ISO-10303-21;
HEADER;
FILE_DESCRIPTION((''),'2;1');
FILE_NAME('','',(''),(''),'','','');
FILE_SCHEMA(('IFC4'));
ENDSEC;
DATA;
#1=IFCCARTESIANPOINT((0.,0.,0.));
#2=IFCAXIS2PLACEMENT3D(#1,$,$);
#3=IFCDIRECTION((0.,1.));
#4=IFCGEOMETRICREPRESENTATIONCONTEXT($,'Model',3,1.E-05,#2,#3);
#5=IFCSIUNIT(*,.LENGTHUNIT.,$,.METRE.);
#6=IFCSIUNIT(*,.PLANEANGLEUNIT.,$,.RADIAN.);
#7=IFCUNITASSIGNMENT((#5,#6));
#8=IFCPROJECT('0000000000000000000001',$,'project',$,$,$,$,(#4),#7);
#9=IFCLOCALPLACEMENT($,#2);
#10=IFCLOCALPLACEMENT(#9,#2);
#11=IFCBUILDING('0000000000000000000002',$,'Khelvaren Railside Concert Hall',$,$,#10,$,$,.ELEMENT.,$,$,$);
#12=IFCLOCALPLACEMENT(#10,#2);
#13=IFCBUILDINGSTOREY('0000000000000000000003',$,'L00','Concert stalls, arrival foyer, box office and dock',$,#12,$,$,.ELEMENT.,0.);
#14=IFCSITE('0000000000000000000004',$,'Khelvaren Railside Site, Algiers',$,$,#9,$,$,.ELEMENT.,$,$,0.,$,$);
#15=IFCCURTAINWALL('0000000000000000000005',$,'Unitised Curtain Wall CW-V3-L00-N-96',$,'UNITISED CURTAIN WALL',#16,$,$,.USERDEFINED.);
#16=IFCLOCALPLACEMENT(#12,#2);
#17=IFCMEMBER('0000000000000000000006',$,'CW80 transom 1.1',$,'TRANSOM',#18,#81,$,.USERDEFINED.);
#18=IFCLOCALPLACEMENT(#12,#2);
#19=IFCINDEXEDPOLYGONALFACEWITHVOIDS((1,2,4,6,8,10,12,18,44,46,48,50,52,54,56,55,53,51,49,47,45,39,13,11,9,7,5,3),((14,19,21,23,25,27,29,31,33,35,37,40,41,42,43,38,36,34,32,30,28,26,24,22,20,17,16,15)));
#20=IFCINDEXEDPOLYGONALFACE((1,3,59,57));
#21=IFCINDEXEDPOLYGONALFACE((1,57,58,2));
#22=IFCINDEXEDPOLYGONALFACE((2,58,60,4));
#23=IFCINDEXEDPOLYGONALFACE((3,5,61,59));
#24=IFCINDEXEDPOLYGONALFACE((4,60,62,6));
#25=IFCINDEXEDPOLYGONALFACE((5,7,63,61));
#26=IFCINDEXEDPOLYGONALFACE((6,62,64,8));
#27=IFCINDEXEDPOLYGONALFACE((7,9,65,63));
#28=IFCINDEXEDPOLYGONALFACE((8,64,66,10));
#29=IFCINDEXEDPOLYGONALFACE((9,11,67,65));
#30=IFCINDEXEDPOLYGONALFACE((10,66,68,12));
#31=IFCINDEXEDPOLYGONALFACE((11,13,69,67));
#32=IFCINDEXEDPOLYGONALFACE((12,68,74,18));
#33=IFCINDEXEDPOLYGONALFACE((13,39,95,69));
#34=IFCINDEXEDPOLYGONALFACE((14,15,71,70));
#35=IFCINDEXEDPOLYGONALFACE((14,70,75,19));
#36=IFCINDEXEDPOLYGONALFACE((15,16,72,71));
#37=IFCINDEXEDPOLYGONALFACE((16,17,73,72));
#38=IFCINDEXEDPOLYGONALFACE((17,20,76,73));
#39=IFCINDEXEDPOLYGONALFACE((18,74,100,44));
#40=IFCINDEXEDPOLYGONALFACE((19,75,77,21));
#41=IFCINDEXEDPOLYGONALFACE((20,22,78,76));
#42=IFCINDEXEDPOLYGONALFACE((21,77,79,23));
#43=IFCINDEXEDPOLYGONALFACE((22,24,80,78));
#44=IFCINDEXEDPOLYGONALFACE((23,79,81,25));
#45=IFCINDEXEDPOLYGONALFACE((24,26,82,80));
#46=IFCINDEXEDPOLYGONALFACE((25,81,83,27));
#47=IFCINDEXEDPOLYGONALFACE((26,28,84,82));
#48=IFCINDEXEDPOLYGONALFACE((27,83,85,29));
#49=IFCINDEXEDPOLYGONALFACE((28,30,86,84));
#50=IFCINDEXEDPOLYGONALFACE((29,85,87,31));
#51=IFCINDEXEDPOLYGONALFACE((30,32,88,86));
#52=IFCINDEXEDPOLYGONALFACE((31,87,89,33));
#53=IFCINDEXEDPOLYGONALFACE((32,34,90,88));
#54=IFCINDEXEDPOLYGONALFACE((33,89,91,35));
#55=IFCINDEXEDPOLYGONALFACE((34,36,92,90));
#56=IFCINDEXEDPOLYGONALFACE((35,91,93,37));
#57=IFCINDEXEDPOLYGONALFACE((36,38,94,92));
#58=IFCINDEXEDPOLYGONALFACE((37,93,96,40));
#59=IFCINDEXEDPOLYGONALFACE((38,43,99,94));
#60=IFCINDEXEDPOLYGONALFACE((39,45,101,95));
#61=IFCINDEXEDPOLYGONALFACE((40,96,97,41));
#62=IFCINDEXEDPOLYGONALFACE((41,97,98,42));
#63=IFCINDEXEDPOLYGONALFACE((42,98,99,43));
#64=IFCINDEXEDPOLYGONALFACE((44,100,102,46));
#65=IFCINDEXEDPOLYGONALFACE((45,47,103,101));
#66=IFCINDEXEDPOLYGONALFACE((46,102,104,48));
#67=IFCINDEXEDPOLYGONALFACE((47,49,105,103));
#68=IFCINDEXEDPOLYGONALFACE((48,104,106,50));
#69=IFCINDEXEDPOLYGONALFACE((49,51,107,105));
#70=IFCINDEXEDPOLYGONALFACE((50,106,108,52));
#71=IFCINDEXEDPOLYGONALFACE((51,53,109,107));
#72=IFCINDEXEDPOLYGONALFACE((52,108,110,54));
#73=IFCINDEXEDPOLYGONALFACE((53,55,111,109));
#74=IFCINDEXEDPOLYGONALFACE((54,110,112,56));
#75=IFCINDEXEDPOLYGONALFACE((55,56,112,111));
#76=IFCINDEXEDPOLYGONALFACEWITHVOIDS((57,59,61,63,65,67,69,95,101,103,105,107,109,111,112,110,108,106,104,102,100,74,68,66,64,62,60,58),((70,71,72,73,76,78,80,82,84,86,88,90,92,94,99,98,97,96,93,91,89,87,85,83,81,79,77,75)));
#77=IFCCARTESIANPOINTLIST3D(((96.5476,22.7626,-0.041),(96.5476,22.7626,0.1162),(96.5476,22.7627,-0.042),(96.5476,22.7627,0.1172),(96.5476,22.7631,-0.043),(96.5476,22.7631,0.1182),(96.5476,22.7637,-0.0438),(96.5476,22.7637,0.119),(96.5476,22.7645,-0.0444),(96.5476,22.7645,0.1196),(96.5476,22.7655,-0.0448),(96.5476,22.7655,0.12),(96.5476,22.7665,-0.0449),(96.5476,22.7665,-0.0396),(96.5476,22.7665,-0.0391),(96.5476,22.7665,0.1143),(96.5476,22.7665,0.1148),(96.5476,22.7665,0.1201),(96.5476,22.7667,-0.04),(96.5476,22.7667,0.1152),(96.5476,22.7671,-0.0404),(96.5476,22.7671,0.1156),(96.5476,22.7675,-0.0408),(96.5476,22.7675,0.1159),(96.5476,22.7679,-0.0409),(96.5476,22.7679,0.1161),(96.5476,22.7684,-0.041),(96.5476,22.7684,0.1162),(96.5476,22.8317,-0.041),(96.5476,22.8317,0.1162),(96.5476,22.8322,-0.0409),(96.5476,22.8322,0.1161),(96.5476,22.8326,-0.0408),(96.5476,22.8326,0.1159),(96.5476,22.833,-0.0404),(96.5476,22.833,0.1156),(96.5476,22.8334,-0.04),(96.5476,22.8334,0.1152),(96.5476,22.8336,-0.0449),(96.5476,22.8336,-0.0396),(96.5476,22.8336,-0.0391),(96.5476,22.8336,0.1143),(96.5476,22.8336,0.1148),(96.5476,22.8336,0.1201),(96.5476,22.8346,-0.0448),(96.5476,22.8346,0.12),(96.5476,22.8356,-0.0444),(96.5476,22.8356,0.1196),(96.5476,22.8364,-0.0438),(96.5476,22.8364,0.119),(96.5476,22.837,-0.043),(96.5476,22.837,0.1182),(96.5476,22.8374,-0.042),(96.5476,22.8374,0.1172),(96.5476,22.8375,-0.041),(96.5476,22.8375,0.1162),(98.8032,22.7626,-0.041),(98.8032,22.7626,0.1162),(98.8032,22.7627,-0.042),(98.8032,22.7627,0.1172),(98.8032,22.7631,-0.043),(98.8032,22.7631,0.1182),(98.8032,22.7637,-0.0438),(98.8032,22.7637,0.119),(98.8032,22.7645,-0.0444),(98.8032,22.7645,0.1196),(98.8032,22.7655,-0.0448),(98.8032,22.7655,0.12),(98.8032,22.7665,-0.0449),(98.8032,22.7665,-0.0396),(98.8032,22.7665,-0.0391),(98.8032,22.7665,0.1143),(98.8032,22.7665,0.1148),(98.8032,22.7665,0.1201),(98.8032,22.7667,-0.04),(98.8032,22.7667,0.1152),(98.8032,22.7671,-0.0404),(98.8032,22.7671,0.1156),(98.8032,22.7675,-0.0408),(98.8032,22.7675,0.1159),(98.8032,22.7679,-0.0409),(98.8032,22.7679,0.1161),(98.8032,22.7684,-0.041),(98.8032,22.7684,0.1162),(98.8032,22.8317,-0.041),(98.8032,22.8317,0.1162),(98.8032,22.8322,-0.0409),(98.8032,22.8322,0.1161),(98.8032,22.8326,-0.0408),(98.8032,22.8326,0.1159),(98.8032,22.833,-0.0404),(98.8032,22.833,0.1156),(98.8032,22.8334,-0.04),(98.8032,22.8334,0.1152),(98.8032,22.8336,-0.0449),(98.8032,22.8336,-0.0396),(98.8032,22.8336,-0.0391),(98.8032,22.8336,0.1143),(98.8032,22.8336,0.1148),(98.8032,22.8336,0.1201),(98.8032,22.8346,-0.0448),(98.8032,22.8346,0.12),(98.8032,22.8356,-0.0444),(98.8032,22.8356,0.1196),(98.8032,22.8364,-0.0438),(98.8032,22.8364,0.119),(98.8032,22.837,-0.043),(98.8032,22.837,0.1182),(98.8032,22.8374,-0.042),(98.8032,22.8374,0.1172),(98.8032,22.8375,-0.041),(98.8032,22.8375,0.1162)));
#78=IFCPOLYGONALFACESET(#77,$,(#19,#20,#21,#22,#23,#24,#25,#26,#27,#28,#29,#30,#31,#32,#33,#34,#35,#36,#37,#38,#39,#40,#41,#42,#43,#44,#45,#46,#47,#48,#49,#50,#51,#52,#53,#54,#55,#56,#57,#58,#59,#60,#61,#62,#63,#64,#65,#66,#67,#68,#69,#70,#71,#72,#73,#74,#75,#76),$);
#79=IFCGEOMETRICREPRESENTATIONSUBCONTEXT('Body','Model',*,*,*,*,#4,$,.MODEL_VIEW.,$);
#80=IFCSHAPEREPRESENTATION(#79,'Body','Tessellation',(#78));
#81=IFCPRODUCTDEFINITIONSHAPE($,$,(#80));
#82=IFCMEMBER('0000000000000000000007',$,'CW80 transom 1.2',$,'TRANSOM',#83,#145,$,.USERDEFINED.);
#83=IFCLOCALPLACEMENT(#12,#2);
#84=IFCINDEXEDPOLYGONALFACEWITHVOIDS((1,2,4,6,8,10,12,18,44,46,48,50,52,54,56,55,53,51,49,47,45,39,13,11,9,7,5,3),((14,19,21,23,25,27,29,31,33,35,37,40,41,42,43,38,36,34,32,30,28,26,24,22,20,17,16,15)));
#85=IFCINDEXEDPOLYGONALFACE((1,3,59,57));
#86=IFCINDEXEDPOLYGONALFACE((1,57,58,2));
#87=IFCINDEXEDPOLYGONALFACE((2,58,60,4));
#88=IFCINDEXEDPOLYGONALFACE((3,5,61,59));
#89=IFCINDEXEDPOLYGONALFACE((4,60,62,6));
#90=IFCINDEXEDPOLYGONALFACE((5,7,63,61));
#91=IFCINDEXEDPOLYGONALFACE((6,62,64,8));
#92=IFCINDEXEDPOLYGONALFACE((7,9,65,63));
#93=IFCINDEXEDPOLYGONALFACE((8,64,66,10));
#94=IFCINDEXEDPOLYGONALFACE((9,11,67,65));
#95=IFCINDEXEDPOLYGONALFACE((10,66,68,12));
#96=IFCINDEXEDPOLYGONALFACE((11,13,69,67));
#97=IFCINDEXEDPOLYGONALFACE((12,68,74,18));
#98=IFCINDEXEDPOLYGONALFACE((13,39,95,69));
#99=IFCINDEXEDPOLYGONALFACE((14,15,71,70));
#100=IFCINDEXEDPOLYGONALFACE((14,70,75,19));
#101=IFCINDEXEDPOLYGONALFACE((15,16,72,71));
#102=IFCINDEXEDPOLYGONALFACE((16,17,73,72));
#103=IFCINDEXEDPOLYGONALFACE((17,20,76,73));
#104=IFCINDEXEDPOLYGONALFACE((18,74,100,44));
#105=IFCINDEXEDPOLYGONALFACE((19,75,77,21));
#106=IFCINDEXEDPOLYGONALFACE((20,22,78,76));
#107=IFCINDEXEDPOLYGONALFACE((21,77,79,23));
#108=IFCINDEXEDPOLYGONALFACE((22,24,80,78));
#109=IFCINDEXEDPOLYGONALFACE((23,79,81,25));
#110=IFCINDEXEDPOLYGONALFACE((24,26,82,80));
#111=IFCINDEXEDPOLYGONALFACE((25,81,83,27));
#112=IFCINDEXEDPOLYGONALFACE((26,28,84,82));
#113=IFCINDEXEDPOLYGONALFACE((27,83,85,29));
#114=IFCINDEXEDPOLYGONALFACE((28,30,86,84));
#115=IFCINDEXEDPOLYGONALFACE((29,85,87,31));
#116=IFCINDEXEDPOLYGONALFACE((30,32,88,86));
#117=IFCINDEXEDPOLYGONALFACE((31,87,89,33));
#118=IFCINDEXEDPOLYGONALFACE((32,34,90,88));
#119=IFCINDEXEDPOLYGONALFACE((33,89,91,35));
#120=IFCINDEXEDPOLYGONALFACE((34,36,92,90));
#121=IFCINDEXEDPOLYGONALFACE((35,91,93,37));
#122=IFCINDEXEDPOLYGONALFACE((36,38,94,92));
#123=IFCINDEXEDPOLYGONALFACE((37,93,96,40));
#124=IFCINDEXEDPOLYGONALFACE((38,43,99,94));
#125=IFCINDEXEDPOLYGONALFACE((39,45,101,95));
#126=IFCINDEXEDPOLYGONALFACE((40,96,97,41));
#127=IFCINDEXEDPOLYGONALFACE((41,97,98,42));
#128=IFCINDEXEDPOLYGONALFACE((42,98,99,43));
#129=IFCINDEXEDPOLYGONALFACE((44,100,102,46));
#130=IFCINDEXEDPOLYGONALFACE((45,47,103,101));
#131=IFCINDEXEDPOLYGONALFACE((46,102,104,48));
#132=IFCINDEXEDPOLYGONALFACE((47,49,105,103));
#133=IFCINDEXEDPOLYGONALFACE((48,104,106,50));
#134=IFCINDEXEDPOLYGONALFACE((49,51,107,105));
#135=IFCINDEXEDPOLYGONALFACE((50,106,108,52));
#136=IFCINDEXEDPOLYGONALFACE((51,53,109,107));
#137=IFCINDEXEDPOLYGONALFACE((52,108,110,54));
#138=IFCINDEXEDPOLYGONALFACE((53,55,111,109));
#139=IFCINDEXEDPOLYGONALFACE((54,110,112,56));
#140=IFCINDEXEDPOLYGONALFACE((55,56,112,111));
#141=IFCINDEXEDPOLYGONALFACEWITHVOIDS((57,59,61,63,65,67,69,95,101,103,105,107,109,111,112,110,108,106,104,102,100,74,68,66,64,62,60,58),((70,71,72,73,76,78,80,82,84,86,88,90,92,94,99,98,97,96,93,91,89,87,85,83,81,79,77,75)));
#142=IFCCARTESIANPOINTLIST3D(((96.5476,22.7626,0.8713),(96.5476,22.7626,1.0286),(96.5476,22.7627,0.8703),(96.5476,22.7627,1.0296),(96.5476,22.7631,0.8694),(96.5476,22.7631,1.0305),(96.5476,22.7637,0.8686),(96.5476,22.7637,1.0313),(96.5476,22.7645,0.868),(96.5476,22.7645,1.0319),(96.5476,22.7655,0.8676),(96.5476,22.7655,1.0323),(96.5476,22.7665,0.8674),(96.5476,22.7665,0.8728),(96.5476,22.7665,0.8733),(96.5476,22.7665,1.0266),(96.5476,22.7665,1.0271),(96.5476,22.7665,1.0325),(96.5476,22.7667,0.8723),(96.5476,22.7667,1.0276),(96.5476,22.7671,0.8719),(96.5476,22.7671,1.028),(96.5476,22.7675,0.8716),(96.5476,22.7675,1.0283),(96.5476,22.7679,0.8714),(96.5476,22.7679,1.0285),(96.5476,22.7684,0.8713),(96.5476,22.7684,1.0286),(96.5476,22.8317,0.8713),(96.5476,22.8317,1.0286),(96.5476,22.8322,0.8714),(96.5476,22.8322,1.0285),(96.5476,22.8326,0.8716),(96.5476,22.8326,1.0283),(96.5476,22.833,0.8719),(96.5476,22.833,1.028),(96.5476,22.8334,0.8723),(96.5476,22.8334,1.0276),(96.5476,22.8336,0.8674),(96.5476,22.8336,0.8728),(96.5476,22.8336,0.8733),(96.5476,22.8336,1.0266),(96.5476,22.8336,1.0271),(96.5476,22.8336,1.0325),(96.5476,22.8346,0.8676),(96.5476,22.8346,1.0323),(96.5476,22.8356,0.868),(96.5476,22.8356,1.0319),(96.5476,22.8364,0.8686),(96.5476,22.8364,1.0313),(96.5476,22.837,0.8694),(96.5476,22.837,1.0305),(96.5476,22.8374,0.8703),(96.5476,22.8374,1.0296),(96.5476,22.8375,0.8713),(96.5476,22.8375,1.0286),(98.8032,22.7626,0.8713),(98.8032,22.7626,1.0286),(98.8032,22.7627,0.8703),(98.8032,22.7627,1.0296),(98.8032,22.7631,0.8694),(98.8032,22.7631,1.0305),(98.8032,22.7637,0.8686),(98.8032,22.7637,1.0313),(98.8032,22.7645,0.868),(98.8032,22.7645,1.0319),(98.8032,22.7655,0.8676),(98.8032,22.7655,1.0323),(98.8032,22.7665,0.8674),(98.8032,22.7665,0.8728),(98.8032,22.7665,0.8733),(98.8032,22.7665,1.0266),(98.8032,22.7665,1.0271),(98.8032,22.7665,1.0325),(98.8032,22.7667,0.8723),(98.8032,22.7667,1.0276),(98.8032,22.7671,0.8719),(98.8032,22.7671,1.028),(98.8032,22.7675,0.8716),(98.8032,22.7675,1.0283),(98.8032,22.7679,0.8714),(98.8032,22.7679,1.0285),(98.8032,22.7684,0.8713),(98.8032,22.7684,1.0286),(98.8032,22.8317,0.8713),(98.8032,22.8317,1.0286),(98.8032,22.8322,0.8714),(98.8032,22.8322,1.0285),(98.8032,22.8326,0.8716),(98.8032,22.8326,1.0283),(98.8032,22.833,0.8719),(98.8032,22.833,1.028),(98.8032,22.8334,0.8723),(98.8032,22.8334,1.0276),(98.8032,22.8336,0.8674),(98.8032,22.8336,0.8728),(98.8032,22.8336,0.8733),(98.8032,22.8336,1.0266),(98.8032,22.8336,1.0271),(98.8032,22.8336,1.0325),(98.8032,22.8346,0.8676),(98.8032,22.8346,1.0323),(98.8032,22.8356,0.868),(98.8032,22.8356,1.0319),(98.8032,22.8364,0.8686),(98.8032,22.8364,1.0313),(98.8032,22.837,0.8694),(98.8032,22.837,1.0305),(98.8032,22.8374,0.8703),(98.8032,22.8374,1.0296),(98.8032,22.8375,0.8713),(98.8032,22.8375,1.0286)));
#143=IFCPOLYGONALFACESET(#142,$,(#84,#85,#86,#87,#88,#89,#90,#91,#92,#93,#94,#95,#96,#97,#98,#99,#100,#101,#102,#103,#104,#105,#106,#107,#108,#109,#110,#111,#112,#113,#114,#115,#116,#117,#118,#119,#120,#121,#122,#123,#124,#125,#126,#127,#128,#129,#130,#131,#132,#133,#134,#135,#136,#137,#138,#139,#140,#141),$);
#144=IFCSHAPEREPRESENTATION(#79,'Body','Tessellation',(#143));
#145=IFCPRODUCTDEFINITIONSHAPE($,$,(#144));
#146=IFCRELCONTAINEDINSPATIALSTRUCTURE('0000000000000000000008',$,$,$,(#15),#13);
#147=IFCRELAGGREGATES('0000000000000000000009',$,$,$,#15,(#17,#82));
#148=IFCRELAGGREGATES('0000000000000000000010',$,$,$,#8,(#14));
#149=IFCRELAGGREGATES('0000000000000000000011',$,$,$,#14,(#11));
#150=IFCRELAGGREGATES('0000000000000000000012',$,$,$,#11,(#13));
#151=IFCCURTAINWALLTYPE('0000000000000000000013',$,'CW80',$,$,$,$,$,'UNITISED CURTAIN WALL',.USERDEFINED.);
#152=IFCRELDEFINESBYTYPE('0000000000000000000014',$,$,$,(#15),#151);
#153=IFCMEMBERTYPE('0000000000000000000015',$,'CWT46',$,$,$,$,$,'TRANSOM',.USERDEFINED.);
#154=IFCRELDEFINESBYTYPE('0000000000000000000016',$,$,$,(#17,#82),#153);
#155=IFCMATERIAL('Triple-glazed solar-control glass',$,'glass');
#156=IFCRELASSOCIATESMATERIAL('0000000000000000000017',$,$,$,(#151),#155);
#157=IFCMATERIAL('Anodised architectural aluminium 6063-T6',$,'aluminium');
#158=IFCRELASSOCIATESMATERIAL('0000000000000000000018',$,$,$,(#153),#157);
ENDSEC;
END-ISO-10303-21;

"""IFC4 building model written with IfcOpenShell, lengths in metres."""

from ifc_helpers import new_model, si_unit, direction, frame, origin, origin_2d, place, context, subcontext, project, spatial, hollow_rectangle, extrude, material, material_profile, profile_set, type_object, element, aggregate, save


model = new_model("IFC4")

# Units and contexts
model_context = context("Model", 3, precision=1e-05, world=origin(), true_north=direction((0.0, 1.0)))
body_context = subcontext(model_context, "Body", "Model", "MODEL_VIEW")
ifc_project = project(units=[si_unit("LENGTHUNIT", "METRE"), si_unit("PLANEANGLEUNIT", "RADIAN")], contexts=[model_context])

# Site, building, storey
site_placement = place(None, origin())
site = spatial("IfcSite", under=ifc_project, at=site_placement, Name="Khelvaren Railside Site, Algiers", CompositionType="ELEMENT", RefElevation=0.0)
building_placement = place(site_placement, origin())
building = spatial("IfcBuilding", under=site, at=building_placement, Name="Khelvaren Railside Concert Hall", CompositionType="ELEMENT")
storey_placement = place(building_placement, origin())
storey = spatial("IfcBuildingStorey", under=building, at=storey_placement, Name="L00", Description="Concert stalls, arrival foyer, box office and dock", CompositionType="ELEMENT", Elevation=0.0)

# Shared definitions
ifc_material_1 = material(Name="Triple-glazed solar-control glass", Category="glass")
ifc_material_2 = material(Name="Anodised architectural aluminium 6063-T6", Category="aluminium")

# Curtain wall, members
curtain_wall_type_1 = type_object("IfcCurtainWallType", Name="CW80", ElementType="UNITISED CURTAIN WALL", PredefinedType="USERDEFINED", material=ifc_material_1)
curtain_wall_1_placement = place(storey_placement, origin())
curtain_wall_1 = element("IfcCurtainWall", 1, at=curtain_wall_1_placement, inside=storey, type_object=curtain_wall_type_1, Name="Unitised Curtain Wall CW-V3-L00-N-96", ObjectType="UNITISED CURTAIN WALL", PredefinedType="USERDEFINED")
ifc_material_profile_1 = material_profile(ifc_material_2, hollow_rectangle(XDim=0.075, YDim=0.165, WallThickness=0.0039, InnerFilletRadius=0.002, OuterFilletRadius=0.0039, at=origin_2d()), Name="CWT 75x165x4")
ifc_profile_set_1 = profile_set([ifc_material_profile_1], Name="Anodised architectural aluminium 6063-T6")
member_type_1 = type_object("IfcMemberType", Name="CWT46", ElementType="TRANSOM", PredefinedType="USERDEFINED", material=ifc_profile_set_1)
member_1_placement = place(storey_placement, frame((96.5476, 22.8, 0.0376), z_axis=(1.0, 0.0, 0.0), x_axis=(0.0, 1.0, 0.0)))
member_1 = element("IfcMember", 2, at=member_1_placement, type_object=member_type_1, Name="CW80 transom 1.1", ObjectType="TRANSOM", PredefinedType="USERDEFINED", context=body_context, shape_type="SweptSolid", body=[
    extrude(hollow_rectangle(XDim=0.075, YDim=0.165, WallThickness=0.0039, InnerFilletRadius=0.002, OuterFilletRadius=0.0039, at=origin_2d()), origin(), (0.0, 0.0, 1.0), 2.2556),
])
member_2_placement = place(storey_placement, frame((96.5476, 22.8, 0.95), z_axis=(1.0, 0.0, 0.0), x_axis=(0.0, 1.0, 0.0)))
member_2 = element("IfcMember", 3, at=member_2_placement, type_object=member_type_1, Name="CW80 transom 1.2", ObjectType="TRANSOM", PredefinedType="USERDEFINED", context=body_context, shape_type="SweptSolid", body=[
    extrude(hollow_rectangle(XDim=0.075, YDim=0.165, WallThickness=0.0039, InnerFilletRadius=0.002, OuterFilletRadius=0.0039, at=origin_2d()), origin(), (0.0, 0.0, 1.0), 2.2556),
])

aggregate(curtain_wall_1, [member_1, member_2])

save(model, "model.ifc")
